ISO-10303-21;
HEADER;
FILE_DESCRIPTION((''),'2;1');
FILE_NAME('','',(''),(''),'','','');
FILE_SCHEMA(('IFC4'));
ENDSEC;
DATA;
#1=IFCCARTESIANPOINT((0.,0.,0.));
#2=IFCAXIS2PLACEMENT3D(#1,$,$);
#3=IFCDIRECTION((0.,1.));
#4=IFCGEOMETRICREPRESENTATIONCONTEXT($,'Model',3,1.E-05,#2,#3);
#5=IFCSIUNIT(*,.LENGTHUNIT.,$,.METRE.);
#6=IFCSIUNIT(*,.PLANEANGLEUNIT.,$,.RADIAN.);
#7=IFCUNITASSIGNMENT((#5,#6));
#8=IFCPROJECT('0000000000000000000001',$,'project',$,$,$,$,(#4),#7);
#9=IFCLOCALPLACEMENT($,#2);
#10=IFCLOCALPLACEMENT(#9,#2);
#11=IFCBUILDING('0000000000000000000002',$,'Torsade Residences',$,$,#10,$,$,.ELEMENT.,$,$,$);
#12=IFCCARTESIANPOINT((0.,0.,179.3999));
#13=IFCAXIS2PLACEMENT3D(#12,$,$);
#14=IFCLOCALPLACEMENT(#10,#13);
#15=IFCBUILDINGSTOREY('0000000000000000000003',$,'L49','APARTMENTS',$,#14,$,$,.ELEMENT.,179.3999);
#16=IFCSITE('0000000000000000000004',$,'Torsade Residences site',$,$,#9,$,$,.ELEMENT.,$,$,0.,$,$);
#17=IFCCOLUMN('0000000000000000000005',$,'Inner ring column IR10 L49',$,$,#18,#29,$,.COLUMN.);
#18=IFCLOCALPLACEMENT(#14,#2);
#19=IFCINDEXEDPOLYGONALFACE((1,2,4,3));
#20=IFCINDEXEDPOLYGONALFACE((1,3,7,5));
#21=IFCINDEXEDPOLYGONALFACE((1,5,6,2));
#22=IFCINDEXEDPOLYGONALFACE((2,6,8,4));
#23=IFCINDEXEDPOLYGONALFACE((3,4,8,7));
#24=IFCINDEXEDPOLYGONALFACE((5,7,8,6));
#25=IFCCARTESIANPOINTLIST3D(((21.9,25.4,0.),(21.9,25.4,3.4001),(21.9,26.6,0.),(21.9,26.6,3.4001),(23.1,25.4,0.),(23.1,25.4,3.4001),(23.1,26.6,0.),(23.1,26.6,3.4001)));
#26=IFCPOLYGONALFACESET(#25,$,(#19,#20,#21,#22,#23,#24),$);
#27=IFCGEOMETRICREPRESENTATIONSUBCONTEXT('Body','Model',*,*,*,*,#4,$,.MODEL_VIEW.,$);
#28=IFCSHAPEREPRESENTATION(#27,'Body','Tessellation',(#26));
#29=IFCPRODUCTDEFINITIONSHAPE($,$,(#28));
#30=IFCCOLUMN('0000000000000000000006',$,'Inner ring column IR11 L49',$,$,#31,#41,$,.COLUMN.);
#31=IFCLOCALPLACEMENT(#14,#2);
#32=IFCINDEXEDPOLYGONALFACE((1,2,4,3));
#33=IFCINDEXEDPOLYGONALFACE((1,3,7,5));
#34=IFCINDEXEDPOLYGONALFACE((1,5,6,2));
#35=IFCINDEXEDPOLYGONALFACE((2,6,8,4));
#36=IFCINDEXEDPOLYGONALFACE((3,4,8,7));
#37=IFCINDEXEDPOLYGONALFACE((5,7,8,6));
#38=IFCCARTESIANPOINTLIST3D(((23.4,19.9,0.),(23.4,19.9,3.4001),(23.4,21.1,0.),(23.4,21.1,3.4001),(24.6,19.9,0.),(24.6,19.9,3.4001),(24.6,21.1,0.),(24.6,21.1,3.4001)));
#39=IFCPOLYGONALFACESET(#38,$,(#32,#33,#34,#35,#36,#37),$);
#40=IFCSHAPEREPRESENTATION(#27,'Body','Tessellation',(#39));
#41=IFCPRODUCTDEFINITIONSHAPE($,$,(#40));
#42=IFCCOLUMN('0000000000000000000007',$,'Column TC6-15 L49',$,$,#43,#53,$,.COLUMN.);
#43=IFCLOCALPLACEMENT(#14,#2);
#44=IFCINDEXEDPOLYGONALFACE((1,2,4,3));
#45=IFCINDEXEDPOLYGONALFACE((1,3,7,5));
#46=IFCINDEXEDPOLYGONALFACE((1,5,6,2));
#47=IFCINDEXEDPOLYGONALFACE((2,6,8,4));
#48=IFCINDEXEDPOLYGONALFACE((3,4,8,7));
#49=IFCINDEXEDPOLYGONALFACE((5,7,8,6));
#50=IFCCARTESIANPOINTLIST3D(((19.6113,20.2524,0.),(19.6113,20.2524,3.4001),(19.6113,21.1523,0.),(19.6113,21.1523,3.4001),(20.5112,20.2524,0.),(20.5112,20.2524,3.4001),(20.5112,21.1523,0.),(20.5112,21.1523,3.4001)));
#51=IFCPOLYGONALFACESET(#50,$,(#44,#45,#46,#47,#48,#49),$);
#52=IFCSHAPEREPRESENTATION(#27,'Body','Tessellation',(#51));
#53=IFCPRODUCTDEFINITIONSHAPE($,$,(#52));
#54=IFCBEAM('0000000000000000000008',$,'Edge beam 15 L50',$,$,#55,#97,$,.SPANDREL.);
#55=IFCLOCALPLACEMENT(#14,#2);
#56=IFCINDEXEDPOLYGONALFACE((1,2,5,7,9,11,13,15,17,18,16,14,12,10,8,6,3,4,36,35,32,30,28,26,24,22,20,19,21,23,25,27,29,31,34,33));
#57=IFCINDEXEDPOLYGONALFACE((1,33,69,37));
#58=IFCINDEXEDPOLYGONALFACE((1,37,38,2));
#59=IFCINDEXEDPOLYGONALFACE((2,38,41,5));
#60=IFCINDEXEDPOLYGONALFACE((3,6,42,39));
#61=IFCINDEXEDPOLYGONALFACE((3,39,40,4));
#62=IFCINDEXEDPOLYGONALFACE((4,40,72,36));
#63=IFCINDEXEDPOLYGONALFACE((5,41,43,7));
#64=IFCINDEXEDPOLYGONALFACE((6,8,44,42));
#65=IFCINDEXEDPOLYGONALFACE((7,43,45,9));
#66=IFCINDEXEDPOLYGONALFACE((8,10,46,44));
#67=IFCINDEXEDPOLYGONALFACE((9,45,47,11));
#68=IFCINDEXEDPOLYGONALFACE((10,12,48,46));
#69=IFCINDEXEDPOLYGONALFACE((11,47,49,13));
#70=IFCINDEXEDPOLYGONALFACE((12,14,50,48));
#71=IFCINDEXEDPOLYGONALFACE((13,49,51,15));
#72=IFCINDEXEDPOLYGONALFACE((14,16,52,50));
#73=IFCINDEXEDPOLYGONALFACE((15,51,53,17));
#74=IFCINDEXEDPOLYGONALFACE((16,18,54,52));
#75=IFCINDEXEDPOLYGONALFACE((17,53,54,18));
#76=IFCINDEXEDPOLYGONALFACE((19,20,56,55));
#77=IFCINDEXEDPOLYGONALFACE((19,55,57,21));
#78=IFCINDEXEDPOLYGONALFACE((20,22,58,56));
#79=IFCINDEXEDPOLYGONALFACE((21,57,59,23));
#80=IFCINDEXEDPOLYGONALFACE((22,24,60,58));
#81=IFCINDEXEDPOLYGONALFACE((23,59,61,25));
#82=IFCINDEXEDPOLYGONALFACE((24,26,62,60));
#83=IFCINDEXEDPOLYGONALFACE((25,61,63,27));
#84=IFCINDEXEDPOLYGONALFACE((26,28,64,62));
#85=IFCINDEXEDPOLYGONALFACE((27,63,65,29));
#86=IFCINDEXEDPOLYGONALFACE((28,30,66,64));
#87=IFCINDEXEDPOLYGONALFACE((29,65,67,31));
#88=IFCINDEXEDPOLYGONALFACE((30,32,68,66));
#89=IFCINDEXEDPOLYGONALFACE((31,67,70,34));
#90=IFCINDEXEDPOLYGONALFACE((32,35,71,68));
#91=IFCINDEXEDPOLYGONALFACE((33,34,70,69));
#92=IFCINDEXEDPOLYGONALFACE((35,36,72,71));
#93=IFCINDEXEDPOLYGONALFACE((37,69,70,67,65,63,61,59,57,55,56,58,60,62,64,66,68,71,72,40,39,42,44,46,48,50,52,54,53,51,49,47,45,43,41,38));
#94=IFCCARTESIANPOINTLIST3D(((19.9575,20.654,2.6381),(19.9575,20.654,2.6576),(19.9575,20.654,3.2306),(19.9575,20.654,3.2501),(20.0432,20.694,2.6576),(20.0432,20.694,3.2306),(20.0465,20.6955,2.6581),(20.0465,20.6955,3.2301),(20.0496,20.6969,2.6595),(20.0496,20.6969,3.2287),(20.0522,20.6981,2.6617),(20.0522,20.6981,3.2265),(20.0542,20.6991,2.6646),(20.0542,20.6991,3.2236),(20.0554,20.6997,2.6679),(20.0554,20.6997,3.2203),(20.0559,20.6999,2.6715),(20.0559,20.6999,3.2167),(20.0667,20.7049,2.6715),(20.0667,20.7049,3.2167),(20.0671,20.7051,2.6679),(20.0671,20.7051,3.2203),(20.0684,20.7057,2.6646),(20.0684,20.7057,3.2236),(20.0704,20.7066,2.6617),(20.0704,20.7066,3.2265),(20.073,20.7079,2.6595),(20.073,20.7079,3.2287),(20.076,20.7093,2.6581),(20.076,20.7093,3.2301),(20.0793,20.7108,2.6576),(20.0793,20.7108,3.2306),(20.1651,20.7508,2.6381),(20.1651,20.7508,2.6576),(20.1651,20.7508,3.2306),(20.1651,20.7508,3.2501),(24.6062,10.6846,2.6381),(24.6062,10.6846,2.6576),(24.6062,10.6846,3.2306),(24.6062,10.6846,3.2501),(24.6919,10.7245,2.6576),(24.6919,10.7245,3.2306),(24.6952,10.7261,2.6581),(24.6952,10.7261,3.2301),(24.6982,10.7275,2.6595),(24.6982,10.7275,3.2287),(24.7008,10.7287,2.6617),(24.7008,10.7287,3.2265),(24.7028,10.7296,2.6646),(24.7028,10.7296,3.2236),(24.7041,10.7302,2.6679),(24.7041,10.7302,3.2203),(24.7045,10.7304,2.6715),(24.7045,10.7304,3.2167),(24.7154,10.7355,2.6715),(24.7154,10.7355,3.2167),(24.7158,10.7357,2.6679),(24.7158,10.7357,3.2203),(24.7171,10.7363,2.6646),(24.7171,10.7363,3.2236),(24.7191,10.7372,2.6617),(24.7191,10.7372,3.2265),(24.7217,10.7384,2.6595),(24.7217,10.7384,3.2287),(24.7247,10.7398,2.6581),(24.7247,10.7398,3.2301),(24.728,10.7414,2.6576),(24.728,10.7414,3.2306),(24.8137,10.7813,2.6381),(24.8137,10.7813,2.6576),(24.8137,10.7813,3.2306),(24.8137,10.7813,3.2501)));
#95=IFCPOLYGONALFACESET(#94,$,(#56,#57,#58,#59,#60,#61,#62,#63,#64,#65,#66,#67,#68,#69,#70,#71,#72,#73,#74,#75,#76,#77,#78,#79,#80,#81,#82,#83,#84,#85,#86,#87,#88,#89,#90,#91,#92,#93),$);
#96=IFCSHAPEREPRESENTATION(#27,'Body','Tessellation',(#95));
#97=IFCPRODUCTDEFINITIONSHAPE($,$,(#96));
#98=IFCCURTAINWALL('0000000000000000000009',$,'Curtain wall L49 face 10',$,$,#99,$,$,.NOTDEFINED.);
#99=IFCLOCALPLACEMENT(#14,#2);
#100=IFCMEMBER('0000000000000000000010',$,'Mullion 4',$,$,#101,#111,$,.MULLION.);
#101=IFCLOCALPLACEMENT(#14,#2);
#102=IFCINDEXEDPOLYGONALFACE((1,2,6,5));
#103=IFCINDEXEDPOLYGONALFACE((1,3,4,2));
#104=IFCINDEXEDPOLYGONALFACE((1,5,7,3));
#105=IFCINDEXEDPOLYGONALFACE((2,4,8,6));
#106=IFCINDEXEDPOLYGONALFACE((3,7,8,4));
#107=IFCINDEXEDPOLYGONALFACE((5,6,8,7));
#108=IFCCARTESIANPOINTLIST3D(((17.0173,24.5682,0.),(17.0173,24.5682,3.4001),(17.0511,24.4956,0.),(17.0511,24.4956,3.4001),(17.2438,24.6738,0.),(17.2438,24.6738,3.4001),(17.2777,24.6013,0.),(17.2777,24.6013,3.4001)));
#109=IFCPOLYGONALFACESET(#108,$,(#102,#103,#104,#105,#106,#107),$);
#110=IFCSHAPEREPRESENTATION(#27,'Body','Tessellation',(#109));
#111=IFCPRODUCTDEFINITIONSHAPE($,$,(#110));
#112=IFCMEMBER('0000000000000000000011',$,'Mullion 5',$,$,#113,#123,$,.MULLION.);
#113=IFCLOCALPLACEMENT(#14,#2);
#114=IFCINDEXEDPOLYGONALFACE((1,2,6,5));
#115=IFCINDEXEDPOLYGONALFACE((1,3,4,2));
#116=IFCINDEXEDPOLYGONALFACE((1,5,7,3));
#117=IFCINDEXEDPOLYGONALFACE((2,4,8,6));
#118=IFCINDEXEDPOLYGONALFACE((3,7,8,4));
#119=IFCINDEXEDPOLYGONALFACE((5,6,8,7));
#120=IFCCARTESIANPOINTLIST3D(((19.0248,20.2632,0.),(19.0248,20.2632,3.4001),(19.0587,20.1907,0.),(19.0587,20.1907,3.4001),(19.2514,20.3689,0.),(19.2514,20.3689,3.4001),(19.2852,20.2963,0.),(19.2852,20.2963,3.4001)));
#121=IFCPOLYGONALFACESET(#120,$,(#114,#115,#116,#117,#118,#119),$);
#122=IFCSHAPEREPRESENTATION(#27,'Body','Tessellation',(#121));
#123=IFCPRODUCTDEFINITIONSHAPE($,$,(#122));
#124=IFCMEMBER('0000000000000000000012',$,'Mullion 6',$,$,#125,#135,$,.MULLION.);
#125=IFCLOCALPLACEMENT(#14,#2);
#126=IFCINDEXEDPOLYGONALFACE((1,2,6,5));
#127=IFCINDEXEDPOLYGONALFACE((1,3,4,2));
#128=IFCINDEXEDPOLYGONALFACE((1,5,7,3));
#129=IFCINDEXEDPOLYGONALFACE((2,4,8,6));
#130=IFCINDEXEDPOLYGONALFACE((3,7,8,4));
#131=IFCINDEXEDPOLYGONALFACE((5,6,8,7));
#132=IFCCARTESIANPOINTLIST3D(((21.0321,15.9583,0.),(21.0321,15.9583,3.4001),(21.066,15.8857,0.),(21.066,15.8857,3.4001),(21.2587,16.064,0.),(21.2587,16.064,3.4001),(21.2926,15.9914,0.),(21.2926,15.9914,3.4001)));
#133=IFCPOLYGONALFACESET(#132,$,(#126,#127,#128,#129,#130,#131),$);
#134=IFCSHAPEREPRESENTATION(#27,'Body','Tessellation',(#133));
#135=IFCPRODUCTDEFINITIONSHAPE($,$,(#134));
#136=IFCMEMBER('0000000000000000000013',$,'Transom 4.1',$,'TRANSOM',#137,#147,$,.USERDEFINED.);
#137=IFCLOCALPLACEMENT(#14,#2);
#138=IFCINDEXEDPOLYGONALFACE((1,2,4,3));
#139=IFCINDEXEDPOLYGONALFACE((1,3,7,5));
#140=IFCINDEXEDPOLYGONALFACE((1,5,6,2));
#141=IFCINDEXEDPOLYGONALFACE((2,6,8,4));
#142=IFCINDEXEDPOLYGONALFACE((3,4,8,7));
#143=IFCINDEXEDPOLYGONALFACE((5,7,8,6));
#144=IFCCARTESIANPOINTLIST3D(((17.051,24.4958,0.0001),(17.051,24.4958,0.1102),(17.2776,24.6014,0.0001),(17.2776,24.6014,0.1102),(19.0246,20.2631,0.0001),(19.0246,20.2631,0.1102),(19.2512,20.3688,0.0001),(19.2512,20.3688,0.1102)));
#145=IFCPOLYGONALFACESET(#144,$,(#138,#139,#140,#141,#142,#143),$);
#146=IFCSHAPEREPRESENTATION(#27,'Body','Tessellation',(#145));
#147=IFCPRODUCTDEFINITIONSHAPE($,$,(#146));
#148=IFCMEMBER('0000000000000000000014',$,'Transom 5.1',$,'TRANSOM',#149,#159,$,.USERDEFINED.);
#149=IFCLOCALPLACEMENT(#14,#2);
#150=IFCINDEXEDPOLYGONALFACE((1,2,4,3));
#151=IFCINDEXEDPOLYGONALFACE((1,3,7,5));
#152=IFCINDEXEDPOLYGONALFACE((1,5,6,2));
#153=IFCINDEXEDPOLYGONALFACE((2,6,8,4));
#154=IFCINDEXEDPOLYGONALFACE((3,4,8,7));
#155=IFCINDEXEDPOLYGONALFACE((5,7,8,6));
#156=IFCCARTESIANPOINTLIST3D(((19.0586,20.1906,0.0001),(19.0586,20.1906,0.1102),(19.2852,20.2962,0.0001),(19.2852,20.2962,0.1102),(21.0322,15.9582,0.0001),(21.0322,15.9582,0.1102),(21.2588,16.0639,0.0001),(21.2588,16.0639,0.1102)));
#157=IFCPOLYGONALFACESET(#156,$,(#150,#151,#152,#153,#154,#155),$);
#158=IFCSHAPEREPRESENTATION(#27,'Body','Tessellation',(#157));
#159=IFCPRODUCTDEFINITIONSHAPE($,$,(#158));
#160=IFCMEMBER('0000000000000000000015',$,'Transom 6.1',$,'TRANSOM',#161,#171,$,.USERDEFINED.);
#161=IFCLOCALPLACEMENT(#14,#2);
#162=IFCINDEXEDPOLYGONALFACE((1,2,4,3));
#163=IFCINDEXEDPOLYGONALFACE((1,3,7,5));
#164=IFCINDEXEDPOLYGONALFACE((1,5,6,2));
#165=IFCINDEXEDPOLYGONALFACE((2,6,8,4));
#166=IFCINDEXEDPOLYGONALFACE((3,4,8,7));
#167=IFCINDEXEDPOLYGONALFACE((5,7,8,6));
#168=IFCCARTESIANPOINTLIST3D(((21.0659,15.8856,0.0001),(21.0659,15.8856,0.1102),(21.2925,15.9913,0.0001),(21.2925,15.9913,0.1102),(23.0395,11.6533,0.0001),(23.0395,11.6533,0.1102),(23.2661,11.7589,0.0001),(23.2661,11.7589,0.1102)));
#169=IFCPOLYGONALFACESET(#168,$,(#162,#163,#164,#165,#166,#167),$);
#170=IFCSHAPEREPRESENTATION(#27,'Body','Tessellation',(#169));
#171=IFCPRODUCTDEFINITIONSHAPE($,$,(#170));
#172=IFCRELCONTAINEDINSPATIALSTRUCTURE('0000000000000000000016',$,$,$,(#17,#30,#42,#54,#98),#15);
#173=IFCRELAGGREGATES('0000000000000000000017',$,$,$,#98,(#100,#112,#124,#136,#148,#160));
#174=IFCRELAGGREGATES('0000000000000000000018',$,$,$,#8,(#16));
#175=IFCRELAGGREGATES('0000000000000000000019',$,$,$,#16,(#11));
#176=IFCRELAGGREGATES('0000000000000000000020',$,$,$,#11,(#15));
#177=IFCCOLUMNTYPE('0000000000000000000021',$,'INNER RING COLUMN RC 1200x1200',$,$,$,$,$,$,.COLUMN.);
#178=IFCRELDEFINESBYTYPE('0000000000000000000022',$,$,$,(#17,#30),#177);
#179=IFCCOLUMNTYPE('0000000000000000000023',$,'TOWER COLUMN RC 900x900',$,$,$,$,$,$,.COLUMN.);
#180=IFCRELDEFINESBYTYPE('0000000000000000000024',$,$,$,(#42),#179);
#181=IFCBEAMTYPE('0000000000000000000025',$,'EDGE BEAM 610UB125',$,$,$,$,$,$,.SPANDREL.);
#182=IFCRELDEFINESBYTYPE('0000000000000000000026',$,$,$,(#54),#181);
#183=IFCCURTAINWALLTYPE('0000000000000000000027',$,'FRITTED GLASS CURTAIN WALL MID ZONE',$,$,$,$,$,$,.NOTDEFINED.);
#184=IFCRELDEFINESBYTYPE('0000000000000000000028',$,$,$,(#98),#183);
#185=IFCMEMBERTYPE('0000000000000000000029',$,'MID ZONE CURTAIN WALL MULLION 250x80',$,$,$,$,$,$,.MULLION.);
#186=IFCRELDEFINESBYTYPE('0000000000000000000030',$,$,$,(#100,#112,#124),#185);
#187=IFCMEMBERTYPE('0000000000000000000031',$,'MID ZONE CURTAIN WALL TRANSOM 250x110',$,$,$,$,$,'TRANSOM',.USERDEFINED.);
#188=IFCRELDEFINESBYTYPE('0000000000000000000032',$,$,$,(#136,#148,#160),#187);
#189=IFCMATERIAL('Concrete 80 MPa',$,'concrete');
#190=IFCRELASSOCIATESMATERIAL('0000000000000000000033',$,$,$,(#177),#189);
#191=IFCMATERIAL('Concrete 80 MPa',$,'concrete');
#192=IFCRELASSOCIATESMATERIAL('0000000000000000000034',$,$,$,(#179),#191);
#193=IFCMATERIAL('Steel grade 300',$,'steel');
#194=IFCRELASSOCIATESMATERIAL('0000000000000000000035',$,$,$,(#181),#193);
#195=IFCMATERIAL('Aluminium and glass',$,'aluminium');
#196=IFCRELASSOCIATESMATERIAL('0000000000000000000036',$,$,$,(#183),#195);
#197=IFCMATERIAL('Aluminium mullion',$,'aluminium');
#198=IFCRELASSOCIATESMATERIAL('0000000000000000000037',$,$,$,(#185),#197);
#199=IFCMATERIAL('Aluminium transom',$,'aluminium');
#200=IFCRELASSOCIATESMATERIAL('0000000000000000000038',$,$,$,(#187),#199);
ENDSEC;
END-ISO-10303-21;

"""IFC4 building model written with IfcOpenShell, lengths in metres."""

from ifc_helpers import new_model, si_unit, direction, frame, origin, origin_2d, place, context, subcontext, project, spatial, rectangle, i_section, extrude, material, material_profile, profile_set, type_object, element, aggregate, save


model = new_model("IFC4")

# Units and contexts
model_context = context("Model", 3, precision=1e-05, world=origin(), true_north=direction((0.0, 1.0)))
body_context = subcontext(model_context, "Body", "Model", "MODEL_VIEW")
ifc_project = project(units=[si_unit("LENGTHUNIT", "METRE"), si_unit("PLANEANGLEUNIT", "RADIAN")], contexts=[model_context])

# Site, building, storey
site_placement = place(None, origin())
site = spatial("IfcSite", under=ifc_project, at=site_placement, Name="Torsade Residences site", CompositionType="ELEMENT", RefElevation=0.0)
building_placement = place(site_placement, origin())
building = spatial("IfcBuilding", under=site, at=building_placement, Name="Torsade Residences", CompositionType="ELEMENT")
storey_placement = place(building_placement, frame((0.0, 0.0, 179.3999)))
storey = spatial("IfcBuildingStorey", under=building, at=storey_placement, Name="L49", Description="APARTMENTS", CompositionType="ELEMENT", Elevation=179.3999)

# Columns
ifc_material_1 = material(Name="Concrete 80 MPa", Category="concrete")
ifc_material_profile_1 = material_profile(ifc_material_1, rectangle(XDim=1.2, YDim=1.2, at=origin_2d()), Name="RC 1200x1200")
ifc_profile_set_1 = profile_set([ifc_material_profile_1], Name="Concrete 80 MPa")
column_type_1 = type_object("IfcColumnType", Name="INNER RING COLUMN RC 1200x1200", PredefinedType="COLUMN", material=ifc_profile_set_1)
for number, where, z_axis, x_axis, name in (
    (1, (22.5, 26.0, 0.0), (0.0, 0.0, 1.0), (1.0, 0.0, 0.0), "Inner ring column IR10 L49"),
    (2, (24.0, 20.5, 0.0), (0.0, 0.0, 1.0), (1.0, 0.0, 0.0), "Inner ring column IR11 L49"),
):
    element("IfcColumn", number, at=place(storey_placement, frame(where, z_axis=z_axis, x_axis=x_axis)), inside=storey, type_object=column_type_1, Name=name, PredefinedType="COLUMN", context=body_context, shape_type="SweptSolid", body=[
        extrude(rectangle(XDim=1.2, YDim=1.2, at=origin_2d()), origin(), (0.0, 0.0, 1.0), 3.4001),
    ])
ifc_material_2 = material(Name="Concrete 80 MPa", Category="concrete")
ifc_material_profile_2 = material_profile(ifc_material_2, rectangle(XDim=0.8999, YDim=0.8999, at=origin_2d()), Name="RC 900x900")
ifc_profile_set_2 = profile_set([ifc_material_profile_2], Name="Concrete 80 MPa")
column_type_2 = type_object("IfcColumnType", Name="TOWER COLUMN RC 900x900", PredefinedType="COLUMN", material=ifc_profile_set_2)
column_placement = place(storey_placement, frame((20.0613, 20.7024, 0.0), z_axis=(0.0, 0.0, 1.0), x_axis=(1.0, 0.0, 0.0)))
element("IfcColumn", 3, at=column_placement, inside=storey, type_object=column_type_2, Name="Column TC6-15 L49", PredefinedType="COLUMN", context=body_context, shape_type="SweptSolid", body=[
    extrude(rectangle(XDim=0.8999, YDim=0.8999, at=origin_2d()), origin(), (0.0, 0.0, 1.0), 3.4001),
])

# Beam
ifc_material_3 = material(Name="Steel grade 300", Category="steel")
ifc_material_profile_3 = material_profile(ifc_material_3, i_section(OverallWidth=0.229, OverallDepth=0.6121, WebThickness=0.012, FlangeThickness=0.0195, FilletRadius=0.0139, at=origin_2d()), Name="610UB125")
ifc_profile_set_3 = profile_set([ifc_material_profile_3], Name="Steel grade 300")
beam_type_1 = type_object("IfcBeamType", Name="EDGE BEAM 610UB125", PredefinedType="SPANDREL", material=ifc_profile_set_3)
beam_1_placement = place(storey_placement, frame((20.0613, 20.7024, 2.9441), z_axis=(0.422606, -0.906314, 0.0), x_axis=(0.906314, 0.422606, 0.0)))
element("IfcBeam", 4, at=beam_1_placement, inside=storey, type_object=beam_type_1, Name="Edge beam 15 L50", PredefinedType="SPANDREL", context=body_context, shape_type="SweptSolid", body=[
    extrude(i_section(OverallWidth=0.229, OverallDepth=0.6121, WebThickness=0.012, FlangeThickness=0.0195, FilletRadius=0.0139, at=origin_2d()), origin(), (0.0, 0.0, 1.0), 11.0),
])

# Curtain wall, members
ifc_material_4 = material(Name="Aluminium and glass", Category="aluminium")
curtain_wall_type = type_object("IfcCurtainWallType", Name="FRITTED GLASS CURTAIN WALL MID ZONE", PredefinedType="NOTDEFINED", material=ifc_material_4)
curtain_wall_placement = place(storey_placement, origin())
curtain_wall = element("IfcCurtainWall", 5, at=curtain_wall_placement, inside=storey, type_object=curtain_wall_type, Name="Curtain wall L49 face 10", PredefinedType="NOTDEFINED")
ifc_material_5 = material(Name="Aluminium mullion", Category="aluminium")
ifc_material_profile_4 = material_profile(ifc_material_5, rectangle(XDim=0.25, YDim=0.0801, at=origin_2d()), Name="MID ZONE CURTAIN WALL MULLION 250x80")
ifc_profile_set_4 = profile_set([ifc_material_profile_4], Name="Aluminium mullion")
member_type_1 = type_object("IfcMemberType", Name="MID ZONE CURTAIN WALL MULLION 250x80", PredefinedType="MULLION", material=ifc_profile_set_4)
member_1_placement = place(storey_placement, frame((17.1475, 24.5847, 0.0), z_axis=(0.0, 0.0, 1.0), x_axis=(0.906308, 0.422618, 0.0)))
member_1 = element("IfcMember", 6, at=member_1_placement, type_object=member_type_1, Name="Mullion 4", PredefinedType="MULLION", context=body_context, shape_type="SweptSolid", body=[
    extrude(rectangle(XDim=0.25, YDim=0.0801, at=origin_2d()), origin(), (0.0, 0.0, 1.0), 3.4001),
])
member_2_placement = place(storey_placement, frame((19.155, 20.2798, 0.0), z_axis=(0.0, 0.0, 1.0), x_axis=(0.906308, 0.422618, 0.0)))
member_2 = element("IfcMember", 7, at=member_2_placement, type_object=member_type_1, Name="Mullion 5", PredefinedType="MULLION", context=body_context, shape_type="SweptSolid", body=[
    extrude(rectangle(XDim=0.25, YDim=0.0801, at=origin_2d()), origin(), (0.0, 0.0, 1.0), 3.4001),
])
member_3_placement = place(storey_placement, frame((21.1624, 15.9749, 0.0), z_axis=(0.0, 0.0, 1.0), x_axis=(0.906308, 0.422618, 0.0)))
member_3 = element("IfcMember", 8, at=member_3_placement, type_object=member_type_1, Name="Mullion 6", PredefinedType="MULLION", context=body_context, shape_type="SweptSolid", body=[
    extrude(rectangle(XDim=0.25, YDim=0.0801, at=origin_2d()), origin(), (0.0, 0.0, 1.0), 3.4001),
])
ifc_material_6 = material(Name="Aluminium transom", Category="aluminium")
ifc_material_profile_5 = material_profile(ifc_material_6, rectangle(XDim=0.25, YDim=0.1101, at=origin_2d()), Name="MID ZONE CURTAIN WALL TRANSOM 250x110")
ifc_profile_set_5 = profile_set([ifc_material_profile_5], Name="Aluminium transom")
member_type_2 = type_object("IfcMemberType", Name="MID ZONE CURTAIN WALL TRANSOM 250x110", ElementType="TRANSOM", PredefinedType="USERDEFINED", material=ifc_profile_set_5)
member_4_placement = place(storey_placement, frame((17.1643, 24.5486, 0.0552), z_axis=(0.422602, -0.906315, 0.0), x_axis=(0.906315, 0.422602, 0.0)))
member_4 = element("IfcMember", 9, at=member_4_placement, type_object=member_type_2, Name="Transom 4.1", ObjectType="TRANSOM", PredefinedType="USERDEFINED", context=body_context, shape_type="SweptSolid", body=[
    extrude(rectangle(XDim=0.25, YDim=0.1101, at=origin_2d()), origin(), (0.0, 0.0, 1.0), 4.6702),
])
member_5_placement = place(storey_placement, frame((19.1719, 20.2434, 0.0552), z_axis=(0.422622, -0.906306, 0.0), x_axis=(0.906306, 0.422622, 0.0)))
member_5 = element("IfcMember", 10, at=member_5_placement, type_object=member_type_2, Name="Transom 5.1", ObjectType="TRANSOM", PredefinedType="USERDEFINED", context=body_context, shape_type="SweptSolid", body=[
    extrude(rectangle(XDim=0.25, YDim=0.1101, at=origin_2d()), origin(), (0.0, 0.0, 1.0), 4.6699),
])
member_6_placement = place(storey_placement, frame((21.1792, 15.9385, 0.0552), z_axis=(0.422622, -0.906306, 0.0), x_axis=(0.906306, 0.422622, 0.0)))
member_6 = element("IfcMember", 11, at=member_6_placement, type_object=member_type_2, Name="Transom 6.1", ObjectType="TRANSOM", PredefinedType="USERDEFINED", context=body_context, shape_type="SweptSolid", body=[
    extrude(rectangle(XDim=0.25, YDim=0.1101, at=origin_2d()), origin(), (0.0, 0.0, 1.0), 4.6699),
])

aggregate(curtain_wall, [member_1, member_2, member_3, member_4, member_5, member_6])

save(model, "model.ifc")
